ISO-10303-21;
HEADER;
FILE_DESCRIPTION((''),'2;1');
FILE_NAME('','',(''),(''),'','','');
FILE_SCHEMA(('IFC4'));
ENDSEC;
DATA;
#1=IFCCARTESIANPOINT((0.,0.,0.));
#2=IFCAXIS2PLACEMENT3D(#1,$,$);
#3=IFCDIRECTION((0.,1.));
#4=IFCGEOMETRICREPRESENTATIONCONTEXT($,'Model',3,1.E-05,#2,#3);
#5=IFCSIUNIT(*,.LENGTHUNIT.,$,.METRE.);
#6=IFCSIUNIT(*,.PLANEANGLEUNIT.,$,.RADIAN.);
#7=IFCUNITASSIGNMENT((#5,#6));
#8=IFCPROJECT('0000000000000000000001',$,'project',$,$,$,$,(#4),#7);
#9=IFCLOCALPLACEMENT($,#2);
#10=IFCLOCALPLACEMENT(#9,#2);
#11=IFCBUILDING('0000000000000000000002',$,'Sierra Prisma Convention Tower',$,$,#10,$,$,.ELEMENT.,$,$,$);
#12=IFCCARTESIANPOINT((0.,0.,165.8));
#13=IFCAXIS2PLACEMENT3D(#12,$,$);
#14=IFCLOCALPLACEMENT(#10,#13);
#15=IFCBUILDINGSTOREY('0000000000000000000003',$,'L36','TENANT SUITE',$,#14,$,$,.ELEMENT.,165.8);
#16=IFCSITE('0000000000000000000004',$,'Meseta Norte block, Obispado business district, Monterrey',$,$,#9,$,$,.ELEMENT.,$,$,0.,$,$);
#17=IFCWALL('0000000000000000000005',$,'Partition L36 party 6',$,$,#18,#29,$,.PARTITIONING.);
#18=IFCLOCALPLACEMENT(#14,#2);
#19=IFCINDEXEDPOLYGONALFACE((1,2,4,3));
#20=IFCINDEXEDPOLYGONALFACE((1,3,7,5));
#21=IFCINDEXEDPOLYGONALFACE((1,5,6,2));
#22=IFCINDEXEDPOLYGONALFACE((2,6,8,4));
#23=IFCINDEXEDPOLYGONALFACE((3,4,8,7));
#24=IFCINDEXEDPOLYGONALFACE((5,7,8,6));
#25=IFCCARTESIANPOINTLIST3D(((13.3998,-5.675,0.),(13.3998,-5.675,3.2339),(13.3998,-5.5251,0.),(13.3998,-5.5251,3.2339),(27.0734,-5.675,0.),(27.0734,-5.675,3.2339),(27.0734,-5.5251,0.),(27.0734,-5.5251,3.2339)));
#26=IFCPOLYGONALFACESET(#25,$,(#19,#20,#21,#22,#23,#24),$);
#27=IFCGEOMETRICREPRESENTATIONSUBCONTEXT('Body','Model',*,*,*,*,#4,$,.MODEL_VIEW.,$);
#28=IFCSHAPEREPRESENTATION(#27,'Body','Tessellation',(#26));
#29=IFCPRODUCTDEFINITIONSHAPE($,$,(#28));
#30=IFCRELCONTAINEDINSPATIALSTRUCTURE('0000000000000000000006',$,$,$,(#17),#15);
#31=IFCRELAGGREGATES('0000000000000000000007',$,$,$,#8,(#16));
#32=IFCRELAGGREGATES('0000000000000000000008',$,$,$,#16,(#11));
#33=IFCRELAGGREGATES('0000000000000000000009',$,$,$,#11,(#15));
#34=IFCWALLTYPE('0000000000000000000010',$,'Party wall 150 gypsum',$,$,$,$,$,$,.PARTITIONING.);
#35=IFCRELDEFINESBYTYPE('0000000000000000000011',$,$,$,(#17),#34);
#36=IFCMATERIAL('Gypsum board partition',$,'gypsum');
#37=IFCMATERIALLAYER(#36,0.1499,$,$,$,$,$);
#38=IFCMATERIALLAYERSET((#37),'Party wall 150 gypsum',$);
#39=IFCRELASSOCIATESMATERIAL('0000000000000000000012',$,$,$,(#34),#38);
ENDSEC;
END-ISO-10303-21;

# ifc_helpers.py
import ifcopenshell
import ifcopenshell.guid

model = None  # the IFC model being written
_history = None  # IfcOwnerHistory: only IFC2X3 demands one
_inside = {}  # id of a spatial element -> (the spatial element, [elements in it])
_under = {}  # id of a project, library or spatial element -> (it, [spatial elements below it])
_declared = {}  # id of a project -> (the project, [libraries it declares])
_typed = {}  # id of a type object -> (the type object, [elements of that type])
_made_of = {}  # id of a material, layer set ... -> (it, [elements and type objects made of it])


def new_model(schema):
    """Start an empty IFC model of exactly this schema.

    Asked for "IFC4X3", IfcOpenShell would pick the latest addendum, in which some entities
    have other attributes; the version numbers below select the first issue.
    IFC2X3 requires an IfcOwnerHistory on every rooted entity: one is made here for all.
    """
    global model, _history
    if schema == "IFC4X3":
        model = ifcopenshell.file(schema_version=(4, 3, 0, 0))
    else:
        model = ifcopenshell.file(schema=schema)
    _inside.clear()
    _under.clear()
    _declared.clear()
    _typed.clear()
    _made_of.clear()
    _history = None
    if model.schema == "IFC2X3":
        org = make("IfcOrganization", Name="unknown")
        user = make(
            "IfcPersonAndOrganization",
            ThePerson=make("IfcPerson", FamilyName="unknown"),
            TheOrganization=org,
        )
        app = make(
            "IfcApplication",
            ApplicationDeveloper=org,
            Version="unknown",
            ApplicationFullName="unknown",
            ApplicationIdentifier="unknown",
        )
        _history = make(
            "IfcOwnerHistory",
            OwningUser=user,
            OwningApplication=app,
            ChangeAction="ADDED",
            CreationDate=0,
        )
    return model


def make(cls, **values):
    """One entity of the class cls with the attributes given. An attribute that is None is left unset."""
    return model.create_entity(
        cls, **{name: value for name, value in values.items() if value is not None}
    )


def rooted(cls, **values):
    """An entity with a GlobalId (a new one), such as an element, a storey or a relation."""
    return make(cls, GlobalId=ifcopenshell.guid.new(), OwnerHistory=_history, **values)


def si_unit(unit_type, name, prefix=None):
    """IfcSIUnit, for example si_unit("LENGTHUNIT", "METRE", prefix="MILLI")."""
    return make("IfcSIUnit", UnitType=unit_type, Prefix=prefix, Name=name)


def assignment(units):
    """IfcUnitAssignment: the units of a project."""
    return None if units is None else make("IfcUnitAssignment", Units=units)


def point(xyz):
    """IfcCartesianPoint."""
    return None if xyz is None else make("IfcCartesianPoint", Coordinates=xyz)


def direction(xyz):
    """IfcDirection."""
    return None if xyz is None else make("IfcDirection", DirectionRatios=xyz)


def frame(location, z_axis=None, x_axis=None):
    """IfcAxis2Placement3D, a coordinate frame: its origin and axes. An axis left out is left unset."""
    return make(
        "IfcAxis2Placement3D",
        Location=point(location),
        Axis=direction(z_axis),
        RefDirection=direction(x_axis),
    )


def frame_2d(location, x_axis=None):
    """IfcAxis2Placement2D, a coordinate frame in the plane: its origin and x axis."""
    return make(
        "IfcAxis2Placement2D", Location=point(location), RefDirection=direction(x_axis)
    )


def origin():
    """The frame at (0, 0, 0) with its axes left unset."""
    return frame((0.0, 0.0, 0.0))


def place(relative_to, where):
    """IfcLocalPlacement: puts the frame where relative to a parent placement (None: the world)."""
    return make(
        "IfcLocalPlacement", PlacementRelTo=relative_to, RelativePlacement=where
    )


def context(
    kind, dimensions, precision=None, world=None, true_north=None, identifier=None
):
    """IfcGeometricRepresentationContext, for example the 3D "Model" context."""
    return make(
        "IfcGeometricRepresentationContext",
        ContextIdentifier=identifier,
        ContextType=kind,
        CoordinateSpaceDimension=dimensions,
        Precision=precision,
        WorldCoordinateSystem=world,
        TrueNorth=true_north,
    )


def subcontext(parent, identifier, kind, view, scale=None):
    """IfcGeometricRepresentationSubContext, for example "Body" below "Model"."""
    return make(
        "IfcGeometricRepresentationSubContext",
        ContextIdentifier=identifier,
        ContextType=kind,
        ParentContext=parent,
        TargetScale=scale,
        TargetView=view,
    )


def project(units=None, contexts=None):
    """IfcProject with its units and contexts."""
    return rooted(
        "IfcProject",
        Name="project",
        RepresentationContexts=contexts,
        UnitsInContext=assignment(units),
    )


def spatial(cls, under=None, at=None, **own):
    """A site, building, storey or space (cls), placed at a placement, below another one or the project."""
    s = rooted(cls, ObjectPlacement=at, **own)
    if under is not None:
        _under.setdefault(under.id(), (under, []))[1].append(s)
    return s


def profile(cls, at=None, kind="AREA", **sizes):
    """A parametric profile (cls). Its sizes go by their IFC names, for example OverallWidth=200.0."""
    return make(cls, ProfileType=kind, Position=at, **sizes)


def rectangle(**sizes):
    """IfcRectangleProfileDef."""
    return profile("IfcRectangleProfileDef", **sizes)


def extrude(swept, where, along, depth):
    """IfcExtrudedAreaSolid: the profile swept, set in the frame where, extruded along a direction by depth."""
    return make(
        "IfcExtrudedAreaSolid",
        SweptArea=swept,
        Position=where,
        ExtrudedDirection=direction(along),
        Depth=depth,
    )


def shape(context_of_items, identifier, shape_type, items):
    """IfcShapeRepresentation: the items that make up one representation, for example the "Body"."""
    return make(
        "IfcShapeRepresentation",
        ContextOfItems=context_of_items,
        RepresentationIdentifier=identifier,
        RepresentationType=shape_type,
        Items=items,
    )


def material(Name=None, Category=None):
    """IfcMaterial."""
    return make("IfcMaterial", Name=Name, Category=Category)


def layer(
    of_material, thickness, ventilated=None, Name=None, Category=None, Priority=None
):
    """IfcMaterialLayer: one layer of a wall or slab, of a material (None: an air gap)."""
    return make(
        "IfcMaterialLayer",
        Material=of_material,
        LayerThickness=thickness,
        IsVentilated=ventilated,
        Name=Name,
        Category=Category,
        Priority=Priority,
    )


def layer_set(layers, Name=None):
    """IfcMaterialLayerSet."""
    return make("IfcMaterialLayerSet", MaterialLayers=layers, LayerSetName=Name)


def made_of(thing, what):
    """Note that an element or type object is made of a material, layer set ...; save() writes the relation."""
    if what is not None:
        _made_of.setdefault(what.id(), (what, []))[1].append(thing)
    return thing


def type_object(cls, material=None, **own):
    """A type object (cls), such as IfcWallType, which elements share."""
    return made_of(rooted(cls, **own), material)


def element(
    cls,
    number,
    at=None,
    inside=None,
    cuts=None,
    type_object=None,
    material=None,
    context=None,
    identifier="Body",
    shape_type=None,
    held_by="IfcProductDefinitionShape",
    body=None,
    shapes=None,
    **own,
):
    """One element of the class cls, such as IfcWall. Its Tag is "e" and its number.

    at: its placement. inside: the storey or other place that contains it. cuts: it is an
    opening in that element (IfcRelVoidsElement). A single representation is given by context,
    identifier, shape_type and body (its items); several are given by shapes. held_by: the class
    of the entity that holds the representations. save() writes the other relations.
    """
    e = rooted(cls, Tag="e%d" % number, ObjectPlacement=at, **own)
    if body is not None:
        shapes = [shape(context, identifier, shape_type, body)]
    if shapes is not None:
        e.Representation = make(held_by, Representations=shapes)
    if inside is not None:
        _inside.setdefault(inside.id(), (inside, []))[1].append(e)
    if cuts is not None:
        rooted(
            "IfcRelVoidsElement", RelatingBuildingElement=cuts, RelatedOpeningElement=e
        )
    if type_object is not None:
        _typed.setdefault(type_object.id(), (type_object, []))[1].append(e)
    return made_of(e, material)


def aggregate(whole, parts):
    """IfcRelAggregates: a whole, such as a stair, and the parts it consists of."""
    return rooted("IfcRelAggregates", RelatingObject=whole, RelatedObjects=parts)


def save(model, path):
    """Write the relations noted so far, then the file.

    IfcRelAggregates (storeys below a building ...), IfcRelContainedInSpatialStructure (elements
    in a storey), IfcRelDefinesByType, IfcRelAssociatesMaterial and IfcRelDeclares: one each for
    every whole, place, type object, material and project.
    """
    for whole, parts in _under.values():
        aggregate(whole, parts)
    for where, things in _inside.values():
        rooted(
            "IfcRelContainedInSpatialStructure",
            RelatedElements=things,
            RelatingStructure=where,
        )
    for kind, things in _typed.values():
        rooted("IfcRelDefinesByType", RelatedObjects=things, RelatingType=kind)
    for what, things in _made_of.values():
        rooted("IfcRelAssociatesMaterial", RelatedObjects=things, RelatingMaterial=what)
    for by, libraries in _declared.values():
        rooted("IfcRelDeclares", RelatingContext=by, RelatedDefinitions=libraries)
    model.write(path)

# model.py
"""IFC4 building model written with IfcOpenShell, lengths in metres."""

from ifc_helpers import new_model, si_unit, direction, frame, frame_2d, origin, place, context, subcontext, project, spatial, rectangle, extrude, material, layer, layer_set, type_object, element, save


model = new_model("IFC4")

# Units and contexts
model_context = context("Model", 3, precision=1e-05, world=origin(), true_north=direction((0.0, 1.0)))
body_context = subcontext(model_context, "Body", "Model", "MODEL_VIEW")
ifc_project = project(units=[si_unit("LENGTHUNIT", "METRE"), si_unit("PLANEANGLEUNIT", "RADIAN")], contexts=[model_context])

# Site, building, storey
site_placement = place(None, origin())
site = spatial("IfcSite", under=ifc_project, at=site_placement, Name="Meseta Norte block, Obispado business district, Monterrey", CompositionType="ELEMENT", RefElevation=0.0)
building_placement = place(site_placement, origin())
building = spatial("IfcBuilding", under=site, at=building_placement, Name="Sierra Prisma Convention Tower", CompositionType="ELEMENT")
storey_placement = place(building_placement, frame((0.0, 0.0, 165.8)))
storey = spatial("IfcBuildingStorey", under=building, at=storey_placement, Name="L36", Description="TENANT SUITE", CompositionType="ELEMENT", Elevation=165.8)

# Wall
ifc_material_1 = material(Name="Gypsum board partition", Category="gypsum")
ifc_layer_1 = layer(ifc_material_1, 0.1499)
ifc_layer_set_1 = layer_set([ifc_layer_1], Name="Party wall 150 gypsum")
wall_type_1 = type_object("IfcWallType", Name="Party wall 150 gypsum", PredefinedType="PARTITIONING", material=ifc_layer_set_1)
wall_1_placement = place(storey_placement, frame((27.0735, -5.6001, 0.0), z_axis=(0.0, 0.0, 1.0), x_axis=(-1.0, 0.0, 0.0)))
element("IfcWall", 1, at=wall_1_placement, inside=storey, type_object=wall_type_1, Name="Partition L36 party 6", PredefinedType="PARTITIONING", context=body_context, shape_type="SweptSolid", body=[
    extrude(rectangle(XDim=13.6736, YDim=0.1499, at=frame_2d((6.8369, 0.0))), origin(), (0.0, 0.0, 1.0), 3.2339),
])

save(model, "model.ifc")
